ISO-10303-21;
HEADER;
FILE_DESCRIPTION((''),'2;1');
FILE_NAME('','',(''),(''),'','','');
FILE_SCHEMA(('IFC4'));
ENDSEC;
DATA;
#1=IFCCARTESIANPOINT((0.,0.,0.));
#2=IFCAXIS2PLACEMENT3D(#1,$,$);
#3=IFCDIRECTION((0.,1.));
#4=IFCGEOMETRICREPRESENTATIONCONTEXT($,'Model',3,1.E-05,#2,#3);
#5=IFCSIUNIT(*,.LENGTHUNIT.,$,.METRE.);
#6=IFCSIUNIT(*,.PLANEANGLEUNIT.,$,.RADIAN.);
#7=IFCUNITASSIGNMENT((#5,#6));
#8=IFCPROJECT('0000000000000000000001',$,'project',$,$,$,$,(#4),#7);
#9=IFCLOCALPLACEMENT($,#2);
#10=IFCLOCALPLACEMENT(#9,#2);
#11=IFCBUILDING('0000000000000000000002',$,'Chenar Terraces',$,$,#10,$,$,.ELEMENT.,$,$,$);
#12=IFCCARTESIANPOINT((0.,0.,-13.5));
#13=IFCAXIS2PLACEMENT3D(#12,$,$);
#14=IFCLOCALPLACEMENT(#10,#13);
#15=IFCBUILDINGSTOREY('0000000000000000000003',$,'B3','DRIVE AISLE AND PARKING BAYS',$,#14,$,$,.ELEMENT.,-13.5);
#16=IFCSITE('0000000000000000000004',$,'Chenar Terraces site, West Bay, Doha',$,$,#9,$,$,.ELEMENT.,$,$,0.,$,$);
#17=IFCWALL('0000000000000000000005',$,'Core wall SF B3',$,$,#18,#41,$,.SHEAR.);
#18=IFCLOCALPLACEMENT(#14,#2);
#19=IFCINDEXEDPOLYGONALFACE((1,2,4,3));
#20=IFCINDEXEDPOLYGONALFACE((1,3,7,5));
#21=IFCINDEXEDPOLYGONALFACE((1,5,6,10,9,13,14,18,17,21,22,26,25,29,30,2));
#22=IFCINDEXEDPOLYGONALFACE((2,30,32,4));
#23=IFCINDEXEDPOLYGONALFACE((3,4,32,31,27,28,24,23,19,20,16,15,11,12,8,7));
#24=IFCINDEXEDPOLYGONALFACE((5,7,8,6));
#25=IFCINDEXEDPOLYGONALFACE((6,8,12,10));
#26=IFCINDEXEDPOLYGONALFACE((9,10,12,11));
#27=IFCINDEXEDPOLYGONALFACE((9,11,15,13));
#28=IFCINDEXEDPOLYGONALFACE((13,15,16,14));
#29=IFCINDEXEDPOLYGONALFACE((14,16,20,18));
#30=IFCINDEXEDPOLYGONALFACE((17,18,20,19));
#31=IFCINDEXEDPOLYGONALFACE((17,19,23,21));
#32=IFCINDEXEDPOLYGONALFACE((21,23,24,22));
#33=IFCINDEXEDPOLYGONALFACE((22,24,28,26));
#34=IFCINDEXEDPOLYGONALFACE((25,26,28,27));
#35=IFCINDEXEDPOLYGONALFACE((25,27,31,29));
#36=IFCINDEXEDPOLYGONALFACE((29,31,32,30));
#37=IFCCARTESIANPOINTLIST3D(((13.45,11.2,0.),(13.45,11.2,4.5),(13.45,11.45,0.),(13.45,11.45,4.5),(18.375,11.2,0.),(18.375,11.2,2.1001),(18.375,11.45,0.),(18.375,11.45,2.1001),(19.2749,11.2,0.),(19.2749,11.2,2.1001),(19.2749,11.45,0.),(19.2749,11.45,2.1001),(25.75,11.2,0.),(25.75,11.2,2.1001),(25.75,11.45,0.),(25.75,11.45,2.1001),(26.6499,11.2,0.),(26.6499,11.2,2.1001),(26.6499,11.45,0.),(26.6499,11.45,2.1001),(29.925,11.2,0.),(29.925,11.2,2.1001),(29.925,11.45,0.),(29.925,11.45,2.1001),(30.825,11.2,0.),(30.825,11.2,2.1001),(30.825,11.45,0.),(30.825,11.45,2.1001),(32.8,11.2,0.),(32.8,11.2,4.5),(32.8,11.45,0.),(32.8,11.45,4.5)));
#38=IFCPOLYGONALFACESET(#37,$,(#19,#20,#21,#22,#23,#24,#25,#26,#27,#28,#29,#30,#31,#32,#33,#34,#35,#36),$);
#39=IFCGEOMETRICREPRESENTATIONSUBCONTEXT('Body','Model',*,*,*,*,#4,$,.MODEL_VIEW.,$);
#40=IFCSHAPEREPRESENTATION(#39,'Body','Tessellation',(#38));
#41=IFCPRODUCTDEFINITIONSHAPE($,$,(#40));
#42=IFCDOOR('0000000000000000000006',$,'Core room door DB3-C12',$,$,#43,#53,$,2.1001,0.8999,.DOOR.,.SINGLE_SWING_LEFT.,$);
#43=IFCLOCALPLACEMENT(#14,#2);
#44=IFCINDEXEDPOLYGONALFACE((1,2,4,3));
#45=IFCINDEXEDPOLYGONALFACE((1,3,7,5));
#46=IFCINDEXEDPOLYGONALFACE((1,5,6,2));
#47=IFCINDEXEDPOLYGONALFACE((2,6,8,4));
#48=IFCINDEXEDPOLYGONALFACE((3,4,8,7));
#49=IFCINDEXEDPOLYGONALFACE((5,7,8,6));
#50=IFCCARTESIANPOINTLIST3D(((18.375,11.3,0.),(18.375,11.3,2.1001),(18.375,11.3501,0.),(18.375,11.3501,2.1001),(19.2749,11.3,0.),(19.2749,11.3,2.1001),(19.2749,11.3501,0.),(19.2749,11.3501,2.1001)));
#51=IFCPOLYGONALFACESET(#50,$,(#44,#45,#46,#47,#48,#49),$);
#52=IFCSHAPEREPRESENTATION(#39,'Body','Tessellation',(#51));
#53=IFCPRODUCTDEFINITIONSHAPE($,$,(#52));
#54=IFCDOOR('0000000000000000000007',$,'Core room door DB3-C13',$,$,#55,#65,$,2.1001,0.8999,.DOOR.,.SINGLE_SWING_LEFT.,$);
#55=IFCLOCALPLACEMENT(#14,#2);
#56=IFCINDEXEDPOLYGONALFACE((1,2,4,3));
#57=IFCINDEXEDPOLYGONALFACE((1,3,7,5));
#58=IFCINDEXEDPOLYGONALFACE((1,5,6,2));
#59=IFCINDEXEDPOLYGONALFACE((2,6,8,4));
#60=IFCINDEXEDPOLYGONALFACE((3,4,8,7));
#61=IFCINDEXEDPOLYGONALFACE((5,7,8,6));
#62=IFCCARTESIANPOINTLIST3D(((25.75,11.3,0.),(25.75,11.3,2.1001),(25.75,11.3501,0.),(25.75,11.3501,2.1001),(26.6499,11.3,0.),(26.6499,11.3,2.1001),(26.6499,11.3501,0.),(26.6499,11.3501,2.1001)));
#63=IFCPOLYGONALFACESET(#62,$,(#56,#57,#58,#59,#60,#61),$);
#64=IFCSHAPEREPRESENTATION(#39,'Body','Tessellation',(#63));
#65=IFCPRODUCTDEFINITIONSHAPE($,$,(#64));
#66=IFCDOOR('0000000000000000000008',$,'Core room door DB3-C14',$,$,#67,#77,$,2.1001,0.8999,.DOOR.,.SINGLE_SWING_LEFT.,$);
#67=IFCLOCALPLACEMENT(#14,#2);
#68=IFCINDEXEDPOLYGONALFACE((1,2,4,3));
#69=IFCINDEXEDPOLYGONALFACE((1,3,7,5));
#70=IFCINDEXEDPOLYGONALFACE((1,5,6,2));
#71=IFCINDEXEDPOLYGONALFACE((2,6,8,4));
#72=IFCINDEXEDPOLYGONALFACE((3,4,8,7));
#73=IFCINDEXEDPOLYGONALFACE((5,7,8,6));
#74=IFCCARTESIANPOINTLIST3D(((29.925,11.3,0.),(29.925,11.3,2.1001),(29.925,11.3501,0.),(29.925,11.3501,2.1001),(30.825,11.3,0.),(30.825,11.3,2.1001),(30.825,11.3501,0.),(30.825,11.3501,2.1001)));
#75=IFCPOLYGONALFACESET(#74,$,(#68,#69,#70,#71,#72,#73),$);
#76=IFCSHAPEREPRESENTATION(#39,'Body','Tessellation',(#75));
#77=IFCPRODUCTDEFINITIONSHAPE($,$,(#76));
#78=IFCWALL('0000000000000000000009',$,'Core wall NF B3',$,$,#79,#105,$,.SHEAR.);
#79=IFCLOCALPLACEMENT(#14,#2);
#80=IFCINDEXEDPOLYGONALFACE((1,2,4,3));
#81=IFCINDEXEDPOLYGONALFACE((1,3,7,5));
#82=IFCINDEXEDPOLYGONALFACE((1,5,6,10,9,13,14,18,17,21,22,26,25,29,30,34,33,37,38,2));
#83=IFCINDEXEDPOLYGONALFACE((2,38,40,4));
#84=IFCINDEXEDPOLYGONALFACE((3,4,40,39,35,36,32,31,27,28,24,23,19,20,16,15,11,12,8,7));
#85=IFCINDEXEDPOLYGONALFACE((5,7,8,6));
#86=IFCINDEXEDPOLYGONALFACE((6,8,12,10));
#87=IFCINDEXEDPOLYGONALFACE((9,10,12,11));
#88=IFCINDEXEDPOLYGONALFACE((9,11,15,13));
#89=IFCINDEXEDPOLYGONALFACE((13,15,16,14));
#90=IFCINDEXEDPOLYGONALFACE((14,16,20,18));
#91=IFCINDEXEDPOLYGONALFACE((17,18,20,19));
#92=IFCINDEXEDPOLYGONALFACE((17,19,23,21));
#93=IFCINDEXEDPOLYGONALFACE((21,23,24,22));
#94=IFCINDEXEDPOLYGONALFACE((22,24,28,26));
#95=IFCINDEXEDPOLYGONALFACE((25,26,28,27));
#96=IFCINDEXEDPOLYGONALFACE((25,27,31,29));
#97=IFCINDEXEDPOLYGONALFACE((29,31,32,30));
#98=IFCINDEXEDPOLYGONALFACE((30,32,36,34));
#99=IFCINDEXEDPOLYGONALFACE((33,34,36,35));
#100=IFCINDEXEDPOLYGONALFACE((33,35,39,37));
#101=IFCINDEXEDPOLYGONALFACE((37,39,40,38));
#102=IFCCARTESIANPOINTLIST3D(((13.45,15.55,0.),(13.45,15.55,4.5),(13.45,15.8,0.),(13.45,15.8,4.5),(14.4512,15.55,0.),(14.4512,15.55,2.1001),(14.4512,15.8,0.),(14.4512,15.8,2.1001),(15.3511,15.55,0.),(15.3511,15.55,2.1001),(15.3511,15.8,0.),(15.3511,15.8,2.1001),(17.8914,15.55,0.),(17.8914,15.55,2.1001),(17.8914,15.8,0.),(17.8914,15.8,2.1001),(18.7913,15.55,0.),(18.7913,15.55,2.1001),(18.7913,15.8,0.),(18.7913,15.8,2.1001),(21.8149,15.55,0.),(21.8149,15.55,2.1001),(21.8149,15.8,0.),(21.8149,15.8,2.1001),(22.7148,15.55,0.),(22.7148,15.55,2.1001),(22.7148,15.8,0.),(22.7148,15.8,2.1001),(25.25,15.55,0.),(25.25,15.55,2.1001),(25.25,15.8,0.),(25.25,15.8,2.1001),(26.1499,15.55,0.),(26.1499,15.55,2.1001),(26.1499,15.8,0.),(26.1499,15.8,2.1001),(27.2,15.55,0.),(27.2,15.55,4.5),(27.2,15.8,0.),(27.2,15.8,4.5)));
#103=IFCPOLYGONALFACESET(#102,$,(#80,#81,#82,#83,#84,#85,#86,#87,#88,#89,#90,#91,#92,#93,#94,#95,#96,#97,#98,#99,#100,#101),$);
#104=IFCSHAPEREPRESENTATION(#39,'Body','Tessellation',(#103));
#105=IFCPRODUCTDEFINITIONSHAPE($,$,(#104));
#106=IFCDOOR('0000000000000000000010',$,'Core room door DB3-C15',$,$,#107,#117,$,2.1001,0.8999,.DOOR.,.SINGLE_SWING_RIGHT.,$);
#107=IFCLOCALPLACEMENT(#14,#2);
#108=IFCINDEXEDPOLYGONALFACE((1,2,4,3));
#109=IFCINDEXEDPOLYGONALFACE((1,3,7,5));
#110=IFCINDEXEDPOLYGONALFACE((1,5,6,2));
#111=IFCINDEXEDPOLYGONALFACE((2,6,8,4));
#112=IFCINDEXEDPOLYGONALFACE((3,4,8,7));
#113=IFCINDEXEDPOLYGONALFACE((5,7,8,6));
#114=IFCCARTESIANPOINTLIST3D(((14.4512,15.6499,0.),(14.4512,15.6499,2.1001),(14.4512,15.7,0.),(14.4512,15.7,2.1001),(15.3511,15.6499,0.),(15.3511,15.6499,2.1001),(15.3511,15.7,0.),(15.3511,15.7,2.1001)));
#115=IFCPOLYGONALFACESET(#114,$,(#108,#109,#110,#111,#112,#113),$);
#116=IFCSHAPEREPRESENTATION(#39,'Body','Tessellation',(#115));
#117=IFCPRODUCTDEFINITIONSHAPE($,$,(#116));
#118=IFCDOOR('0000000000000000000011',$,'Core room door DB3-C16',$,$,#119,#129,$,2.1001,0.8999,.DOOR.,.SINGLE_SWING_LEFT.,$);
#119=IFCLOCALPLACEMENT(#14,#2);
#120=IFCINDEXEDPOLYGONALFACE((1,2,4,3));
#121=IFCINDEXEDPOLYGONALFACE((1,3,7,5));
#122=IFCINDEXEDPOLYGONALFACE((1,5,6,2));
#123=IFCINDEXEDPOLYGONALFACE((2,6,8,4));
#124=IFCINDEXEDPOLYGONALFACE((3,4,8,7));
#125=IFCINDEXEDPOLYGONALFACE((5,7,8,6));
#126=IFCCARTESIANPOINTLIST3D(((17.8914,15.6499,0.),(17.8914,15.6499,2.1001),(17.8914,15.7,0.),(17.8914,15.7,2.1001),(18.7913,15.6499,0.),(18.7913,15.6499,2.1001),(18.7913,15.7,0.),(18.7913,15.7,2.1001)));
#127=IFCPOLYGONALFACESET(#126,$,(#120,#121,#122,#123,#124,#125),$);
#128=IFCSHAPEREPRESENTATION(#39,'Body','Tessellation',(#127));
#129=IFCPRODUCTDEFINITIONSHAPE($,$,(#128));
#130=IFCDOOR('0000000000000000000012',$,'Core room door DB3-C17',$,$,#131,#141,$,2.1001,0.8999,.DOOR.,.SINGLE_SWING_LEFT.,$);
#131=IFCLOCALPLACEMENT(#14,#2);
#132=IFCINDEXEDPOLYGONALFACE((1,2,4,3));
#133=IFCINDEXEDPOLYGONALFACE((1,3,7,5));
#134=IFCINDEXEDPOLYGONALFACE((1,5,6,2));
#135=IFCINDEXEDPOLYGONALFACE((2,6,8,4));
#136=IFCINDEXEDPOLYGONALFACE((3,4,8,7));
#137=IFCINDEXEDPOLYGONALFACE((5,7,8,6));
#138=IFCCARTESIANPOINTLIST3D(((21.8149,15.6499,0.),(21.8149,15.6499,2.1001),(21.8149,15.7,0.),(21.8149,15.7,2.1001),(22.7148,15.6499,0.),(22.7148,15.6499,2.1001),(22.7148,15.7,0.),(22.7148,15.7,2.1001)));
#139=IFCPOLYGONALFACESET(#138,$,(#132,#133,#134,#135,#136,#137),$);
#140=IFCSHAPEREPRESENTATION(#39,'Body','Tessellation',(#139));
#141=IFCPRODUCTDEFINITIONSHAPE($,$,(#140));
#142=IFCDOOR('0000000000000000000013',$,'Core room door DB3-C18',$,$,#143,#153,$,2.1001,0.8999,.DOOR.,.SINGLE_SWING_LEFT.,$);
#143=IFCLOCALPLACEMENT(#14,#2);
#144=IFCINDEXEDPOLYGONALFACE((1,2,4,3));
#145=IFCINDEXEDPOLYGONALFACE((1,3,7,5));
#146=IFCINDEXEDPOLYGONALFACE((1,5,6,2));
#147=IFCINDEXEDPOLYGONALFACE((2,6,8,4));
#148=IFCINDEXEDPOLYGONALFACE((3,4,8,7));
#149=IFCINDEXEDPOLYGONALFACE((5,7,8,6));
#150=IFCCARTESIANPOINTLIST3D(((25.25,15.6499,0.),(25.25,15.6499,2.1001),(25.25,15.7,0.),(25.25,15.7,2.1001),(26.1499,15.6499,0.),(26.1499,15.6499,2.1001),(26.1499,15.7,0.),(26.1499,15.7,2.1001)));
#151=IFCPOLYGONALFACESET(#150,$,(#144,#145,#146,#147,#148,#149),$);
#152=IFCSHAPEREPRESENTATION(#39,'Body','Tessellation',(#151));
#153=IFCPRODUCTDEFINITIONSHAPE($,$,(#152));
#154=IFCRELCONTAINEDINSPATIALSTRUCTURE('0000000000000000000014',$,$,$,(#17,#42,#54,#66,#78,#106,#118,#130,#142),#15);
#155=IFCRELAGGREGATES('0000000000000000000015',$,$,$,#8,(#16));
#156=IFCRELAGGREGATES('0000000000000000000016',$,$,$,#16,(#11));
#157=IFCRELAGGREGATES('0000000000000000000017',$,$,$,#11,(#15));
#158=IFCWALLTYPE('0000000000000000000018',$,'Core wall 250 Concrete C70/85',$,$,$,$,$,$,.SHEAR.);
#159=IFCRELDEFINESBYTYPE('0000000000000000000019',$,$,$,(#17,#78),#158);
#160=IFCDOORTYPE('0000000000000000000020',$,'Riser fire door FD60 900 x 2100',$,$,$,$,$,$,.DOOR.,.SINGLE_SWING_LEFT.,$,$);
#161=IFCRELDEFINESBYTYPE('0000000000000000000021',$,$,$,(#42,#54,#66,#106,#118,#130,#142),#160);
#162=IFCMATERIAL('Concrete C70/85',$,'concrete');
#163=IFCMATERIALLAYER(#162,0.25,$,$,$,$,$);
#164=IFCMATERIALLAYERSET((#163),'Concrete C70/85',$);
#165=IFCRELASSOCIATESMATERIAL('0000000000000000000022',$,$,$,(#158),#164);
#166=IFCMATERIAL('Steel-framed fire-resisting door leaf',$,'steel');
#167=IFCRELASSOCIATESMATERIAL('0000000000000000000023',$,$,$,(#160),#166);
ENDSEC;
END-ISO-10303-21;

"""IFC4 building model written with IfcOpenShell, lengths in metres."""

from ifc_helpers import new_model, si_unit, direction, frame, frame_2d, origin, place, context, subcontext, project, spatial, rectangle, extrude, material, layer, layer_set, type_object, element, fill, save


model = new_model("IFC4")

# Units and contexts
model_context = context("Model", 3, precision=1e-05, world=origin(), true_north=direction((0.0, 1.0)))
body_context = subcontext(model_context, "Body", "Model", "MODEL_VIEW")
ifc_project = project(units=[si_unit("LENGTHUNIT", "METRE"), si_unit("PLANEANGLEUNIT", "RADIAN")], contexts=[model_context])

# Site, building, storey
site_placement = place(None, origin())
site = spatial("IfcSite", under=ifc_project, at=site_placement, Name="Chenar Terraces site, West Bay, Doha", CompositionType="ELEMENT", RefElevation=0.0)
building_placement = place(site_placement, origin())
building = spatial("IfcBuilding", under=site, at=building_placement, Name="Chenar Terraces", CompositionType="ELEMENT")
storey_placement = place(building_placement, frame((0.0, 0.0, -13.5)))
storey = spatial("IfcBuildingStorey", under=building, at=storey_placement, Name="B3", Description="DRIVE AISLE AND PARKING BAYS", CompositionType="ELEMENT", Elevation=-13.5)

# Walls, openings, doors
ifc_material_1 = material(Name="Concrete C70/85", Category="concrete")
ifc_layer_1 = layer(ifc_material_1, 0.25)
ifc_layer_set_1 = layer_set([ifc_layer_1], Name="Concrete C70/85")
wall_type_1 = type_object("IfcWallType", Name="Core wall 250 Concrete C70/85", PredefinedType="SHEAR", material=ifc_layer_set_1)
wall_1_placement = place(storey_placement, frame((13.45, 11.325, 0.0), z_axis=(0.0, 0.0, 1.0), x_axis=(1.0, 0.0, 0.0)))
wall_1 = element("IfcWall", 1, at=wall_1_placement, inside=storey, type_object=wall_type_1, Name="Core wall SF B3", PredefinedType="SHEAR", context=body_context, shape_type="SweptSolid", body=[
    extrude(rectangle(XDim=19.3501, YDim=0.25, at=frame_2d((9.675, 0.0))), origin(), (0.0, 0.0, 1.0), 4.5),
])
opening_1_placement = place(wall_1_placement, frame((4.925, 0.0, 0.0)))
opening_1 = element("IfcOpeningElement", 2, at=opening_1_placement, cuts=wall_1, PredefinedType="OPENING", context=body_context, shape_type="SweptSolid", body=[
    extrude(rectangle(XDim=0.8999, YDim=2.1001, at=frame_2d((0.45, 1.05))), frame((0.0, 0.135, 0.0), z_axis=(0.0, -1.0, 0.0), x_axis=(1.0, 0.0, 0.0)), (0.0, 0.0, 1.0), 0.27),
])
opening_2_placement = place(wall_1_placement, frame((12.3, 0.0, 0.0)))
opening_2 = element("IfcOpeningElement", 3, at=opening_2_placement, cuts=wall_1, PredefinedType="OPENING", context=body_context, shape_type="SweptSolid", body=[
    extrude(rectangle(XDim=0.8999, YDim=2.1001, at=frame_2d((0.45, 1.05))), frame((0.0, 0.135, 0.0), z_axis=(0.0, -1.0, 0.0), x_axis=(1.0, 0.0, 0.0)), (0.0, 0.0, 1.0), 0.27),
])
opening_3_placement = place(wall_1_placement, frame((16.4751, 0.0, 0.0)))
opening_3 = element("IfcOpeningElement", 4, at=opening_3_placement, cuts=wall_1, PredefinedType="OPENING", context=body_context, shape_type="SweptSolid", body=[
    extrude(rectangle(XDim=0.8999, YDim=2.1001, at=frame_2d((0.45, 1.05))), frame((0.0, 0.135, 0.0), z_axis=(0.0, -1.0, 0.0), x_axis=(1.0, 0.0, 0.0)), (0.0, 0.0, 1.0), 0.27),
])
ifc_material_2 = material(Name="Steel-framed fire-resisting door leaf", Category="steel")
door_type = type_object("IfcDoorType", Name="Riser fire door FD60 900 x 2100", OperationType="SINGLE_SWING_LEFT", PredefinedType="DOOR", material=ifc_material_2)
door_1_placement = place(opening_1_placement, frame((0.8999, 0.0, 0.0), z_axis=(0.0, 0.0, 1.0), x_axis=(-1.0, 0.0, 0.0)))
door_1 = element("IfcDoor", 5, at=door_1_placement, inside=storey, type_object=door_type, Name="Core room door DB3-C12", OperationType="SINGLE_SWING_LEFT", OverallHeight=2.1001, OverallWidth=0.8999, PredefinedType="DOOR", context=body_context, shape_type="SweptSolid", body=[
    extrude(rectangle(XDim=0.8999, YDim=2.1001, at=frame_2d((0.45, 1.05))), frame((0.0, 0.0249, 0.0), z_axis=(0.0, -1.0, 0.0), x_axis=(1.0, 0.0, 0.0)), (0.0, 0.0, 1.0), 0.05),
])
fill(opening_1, door_1)
door_2_placement = place(opening_2_placement, frame((0.8999, 0.0, 0.0), z_axis=(0.0, 0.0, 1.0), x_axis=(-1.0, 0.0, 0.0)))
door_2 = element("IfcDoor", 6, at=door_2_placement, inside=storey, type_object=door_type, Name="Core room door DB3-C13", OperationType="SINGLE_SWING_LEFT", OverallHeight=2.1001, OverallWidth=0.8999, PredefinedType="DOOR", context=body_context, shape_type="SweptSolid", body=[
    extrude(rectangle(XDim=0.8999, YDim=2.1001, at=frame_2d((0.45, 1.05))), frame((0.0, 0.0249, 0.0), z_axis=(0.0, -1.0, 0.0), x_axis=(1.0, 0.0, 0.0)), (0.0, 0.0, 1.0), 0.05),
])
fill(opening_2, door_2)
door_3_placement = place(opening_3_placement, frame((0.8999, 0.0, 0.0), z_axis=(0.0, 0.0, 1.0), x_axis=(-1.0, 0.0, 0.0)))
door_3 = element("IfcDoor", 7, at=door_3_placement, inside=storey, type_object=door_type, Name="Core room door DB3-C14", OperationType="SINGLE_SWING_LEFT", OverallHeight=2.1001, OverallWidth=0.8999, PredefinedType="DOOR", context=body_context, shape_type="SweptSolid", body=[
    extrude(rectangle(XDim=0.8999, YDim=2.1001, at=frame_2d((0.45, 1.05))), frame((0.0, 0.0249, 0.0), z_axis=(0.0, -1.0, 0.0), x_axis=(1.0, 0.0, 0.0)), (0.0, 0.0, 1.0), 0.05),
])
fill(opening_3, door_3)
wall_2_placement = place(storey_placement, frame((13.45, 15.675, 0.0), z_axis=(0.0, 0.0, 1.0), x_axis=(1.0, 0.0, 0.0)))
wall_2 = element("IfcWall", 8, at=wall_2_placement, inside=storey, type_object=wall_type_1, Name="Core wall NF B3", PredefinedType="SHEAR", context=body_context, shape_type="SweptSolid", body=[
    extrude(rectangle(XDim=13.75, YDim=0.25, at=frame_2d((6.875, 0.0))), origin(), (0.0, 0.0, 1.0), 4.5),
])
opening_4_placement = place(wall_2_placement, frame((1.0012, 0.0, 0.0)))
opening_4 = element("IfcOpeningElement", 9, at=opening_4_placement, cuts=wall_2, PredefinedType="OPENING", context=body_context, shape_type="SweptSolid", body=[
    extrude(rectangle(XDim=0.8999, YDim=2.1001, at=frame_2d((0.45, 1.05))), frame((0.0, 0.135, 0.0), z_axis=(0.0, -1.0, 0.0), x_axis=(1.0, 0.0, 0.0)), (0.0, 0.0, 1.0), 0.27),
])
opening_5_placement = place(wall_2_placement, frame((4.4414, 0.0, 0.0)))
opening_5 = element("IfcOpeningElement", 10, at=opening_5_placement, cuts=wall_2, PredefinedType="OPENING", context=body_context, shape_type="SweptSolid", body=[
    extrude(rectangle(XDim=0.8999, YDim=2.1001, at=frame_2d((0.45, 1.05))), frame((0.0, 0.135, 0.0), z_axis=(0.0, -1.0, 0.0), x_axis=(1.0, 0.0, 0.0)), (0.0, 0.0, 1.0), 0.27),
])
opening_6_placement = place(wall_2_placement, frame((8.365, 0.0, 0.0)))
opening_6 = element("IfcOpeningElement", 11, at=opening_6_placement, cuts=wall_2, PredefinedType="OPENING", context=body_context, shape_type="SweptSolid", body=[
    extrude(rectangle(XDim=0.8999, YDim=2.1001, at=frame_2d((0.45, 1.05))), frame((0.0, 0.135, 0.0), z_axis=(0.0, -1.0, 0.0), x_axis=(1.0, 0.0, 0.0)), (0.0, 0.0, 1.0), 0.27),
])
opening_7_placement = place(wall_2_placement, frame((11.8, 0.0, 0.0)))
opening_7 = element("IfcOpeningElement", 12, at=opening_7_placement, cuts=wall_2, PredefinedType="OPENING", context=body_context, shape_type="SweptSolid", body=[
    extrude(rectangle(XDim=0.8999, YDim=2.1001, at=frame_2d((0.45, 1.05))), frame((0.0, 0.135, 0.0), z_axis=(0.0, -1.0, 0.0), x_axis=(1.0, 0.0, 0.0)), (0.0, 0.0, 1.0), 0.27),
])
door_4_placement = place(opening_4_placement, origin())
door_4 = element("IfcDoor", 13, at=door_4_placement, inside=storey, type_object=door_type, Name="Core room door DB3-C15", OperationType="SINGLE_SWING_RIGHT", OverallHeight=2.1001, OverallWidth=0.8999, PredefinedType="DOOR", context=body_context, shape_type="SweptSolid", body=[
    extrude(rectangle(XDim=0.8999, YDim=2.1001, at=frame_2d((0.45, 1.05))), frame((0.0, 0.0249, 0.0), z_axis=(0.0, -1.0, 0.0), x_axis=(1.0, 0.0, 0.0)), (0.0, 0.0, 1.0), 0.05),
])
fill(opening_4, door_4)
door_5_placement = place(opening_5_placement, origin())
door_5 = element("IfcDoor", 14, at=door_5_placement, inside=storey, type_object=door_type, Name="Core room door DB3-C16", OperationType="SINGLE_SWING_LEFT", OverallHeight=2.1001, OverallWidth=0.8999, PredefinedType="DOOR", context=body_context, shape_type="SweptSolid", body=[
    extrude(rectangle(XDim=0.8999, YDim=2.1001, at=frame_2d((0.45, 1.05))), frame((0.0, 0.0249, 0.0), z_axis=(0.0, -1.0, 0.0), x_axis=(1.0, 0.0, 0.0)), (0.0, 0.0, 1.0), 0.05),
])
fill(opening_5, door_5)
door_6_placement = place(opening_6_placement, origin())
door_6 = element("IfcDoor", 15, at=door_6_placement, inside=storey, type_object=door_type, Name="Core room door DB3-C17", OperationType="SINGLE_SWING_LEFT", OverallHeight=2.1001, OverallWidth=0.8999, PredefinedType="DOOR", context=body_context, shape_type="SweptSolid", body=[
    extrude(rectangle(XDim=0.8999, YDim=2.1001, at=frame_2d((0.45, 1.05))), frame((0.0, 0.0249, 0.0), z_axis=(0.0, -1.0, 0.0), x_axis=(1.0, 0.0, 0.0)), (0.0, 0.0, 1.0), 0.05),
])
fill(opening_6, door_6)
door_7_placement = place(opening_7_placement, origin())
door_7 = element("IfcDoor", 16, at=door_7_placement, inside=storey, type_object=door_type, Name="Core room door DB3-C18", OperationType="SINGLE_SWING_LEFT", OverallHeight=2.1001, OverallWidth=0.8999, PredefinedType="DOOR", context=body_context, shape_type="SweptSolid", body=[
    extrude(rectangle(XDim=0.8999, YDim=2.1001, at=frame_2d((0.45, 1.05))), frame((0.0, 0.0249, 0.0), z_axis=(0.0, -1.0, 0.0), x_axis=(1.0, 0.0, 0.0)), (0.0, 0.0, 1.0), 0.05),
])
fill(opening_7, door_7)

save(model, "model.ifc")
